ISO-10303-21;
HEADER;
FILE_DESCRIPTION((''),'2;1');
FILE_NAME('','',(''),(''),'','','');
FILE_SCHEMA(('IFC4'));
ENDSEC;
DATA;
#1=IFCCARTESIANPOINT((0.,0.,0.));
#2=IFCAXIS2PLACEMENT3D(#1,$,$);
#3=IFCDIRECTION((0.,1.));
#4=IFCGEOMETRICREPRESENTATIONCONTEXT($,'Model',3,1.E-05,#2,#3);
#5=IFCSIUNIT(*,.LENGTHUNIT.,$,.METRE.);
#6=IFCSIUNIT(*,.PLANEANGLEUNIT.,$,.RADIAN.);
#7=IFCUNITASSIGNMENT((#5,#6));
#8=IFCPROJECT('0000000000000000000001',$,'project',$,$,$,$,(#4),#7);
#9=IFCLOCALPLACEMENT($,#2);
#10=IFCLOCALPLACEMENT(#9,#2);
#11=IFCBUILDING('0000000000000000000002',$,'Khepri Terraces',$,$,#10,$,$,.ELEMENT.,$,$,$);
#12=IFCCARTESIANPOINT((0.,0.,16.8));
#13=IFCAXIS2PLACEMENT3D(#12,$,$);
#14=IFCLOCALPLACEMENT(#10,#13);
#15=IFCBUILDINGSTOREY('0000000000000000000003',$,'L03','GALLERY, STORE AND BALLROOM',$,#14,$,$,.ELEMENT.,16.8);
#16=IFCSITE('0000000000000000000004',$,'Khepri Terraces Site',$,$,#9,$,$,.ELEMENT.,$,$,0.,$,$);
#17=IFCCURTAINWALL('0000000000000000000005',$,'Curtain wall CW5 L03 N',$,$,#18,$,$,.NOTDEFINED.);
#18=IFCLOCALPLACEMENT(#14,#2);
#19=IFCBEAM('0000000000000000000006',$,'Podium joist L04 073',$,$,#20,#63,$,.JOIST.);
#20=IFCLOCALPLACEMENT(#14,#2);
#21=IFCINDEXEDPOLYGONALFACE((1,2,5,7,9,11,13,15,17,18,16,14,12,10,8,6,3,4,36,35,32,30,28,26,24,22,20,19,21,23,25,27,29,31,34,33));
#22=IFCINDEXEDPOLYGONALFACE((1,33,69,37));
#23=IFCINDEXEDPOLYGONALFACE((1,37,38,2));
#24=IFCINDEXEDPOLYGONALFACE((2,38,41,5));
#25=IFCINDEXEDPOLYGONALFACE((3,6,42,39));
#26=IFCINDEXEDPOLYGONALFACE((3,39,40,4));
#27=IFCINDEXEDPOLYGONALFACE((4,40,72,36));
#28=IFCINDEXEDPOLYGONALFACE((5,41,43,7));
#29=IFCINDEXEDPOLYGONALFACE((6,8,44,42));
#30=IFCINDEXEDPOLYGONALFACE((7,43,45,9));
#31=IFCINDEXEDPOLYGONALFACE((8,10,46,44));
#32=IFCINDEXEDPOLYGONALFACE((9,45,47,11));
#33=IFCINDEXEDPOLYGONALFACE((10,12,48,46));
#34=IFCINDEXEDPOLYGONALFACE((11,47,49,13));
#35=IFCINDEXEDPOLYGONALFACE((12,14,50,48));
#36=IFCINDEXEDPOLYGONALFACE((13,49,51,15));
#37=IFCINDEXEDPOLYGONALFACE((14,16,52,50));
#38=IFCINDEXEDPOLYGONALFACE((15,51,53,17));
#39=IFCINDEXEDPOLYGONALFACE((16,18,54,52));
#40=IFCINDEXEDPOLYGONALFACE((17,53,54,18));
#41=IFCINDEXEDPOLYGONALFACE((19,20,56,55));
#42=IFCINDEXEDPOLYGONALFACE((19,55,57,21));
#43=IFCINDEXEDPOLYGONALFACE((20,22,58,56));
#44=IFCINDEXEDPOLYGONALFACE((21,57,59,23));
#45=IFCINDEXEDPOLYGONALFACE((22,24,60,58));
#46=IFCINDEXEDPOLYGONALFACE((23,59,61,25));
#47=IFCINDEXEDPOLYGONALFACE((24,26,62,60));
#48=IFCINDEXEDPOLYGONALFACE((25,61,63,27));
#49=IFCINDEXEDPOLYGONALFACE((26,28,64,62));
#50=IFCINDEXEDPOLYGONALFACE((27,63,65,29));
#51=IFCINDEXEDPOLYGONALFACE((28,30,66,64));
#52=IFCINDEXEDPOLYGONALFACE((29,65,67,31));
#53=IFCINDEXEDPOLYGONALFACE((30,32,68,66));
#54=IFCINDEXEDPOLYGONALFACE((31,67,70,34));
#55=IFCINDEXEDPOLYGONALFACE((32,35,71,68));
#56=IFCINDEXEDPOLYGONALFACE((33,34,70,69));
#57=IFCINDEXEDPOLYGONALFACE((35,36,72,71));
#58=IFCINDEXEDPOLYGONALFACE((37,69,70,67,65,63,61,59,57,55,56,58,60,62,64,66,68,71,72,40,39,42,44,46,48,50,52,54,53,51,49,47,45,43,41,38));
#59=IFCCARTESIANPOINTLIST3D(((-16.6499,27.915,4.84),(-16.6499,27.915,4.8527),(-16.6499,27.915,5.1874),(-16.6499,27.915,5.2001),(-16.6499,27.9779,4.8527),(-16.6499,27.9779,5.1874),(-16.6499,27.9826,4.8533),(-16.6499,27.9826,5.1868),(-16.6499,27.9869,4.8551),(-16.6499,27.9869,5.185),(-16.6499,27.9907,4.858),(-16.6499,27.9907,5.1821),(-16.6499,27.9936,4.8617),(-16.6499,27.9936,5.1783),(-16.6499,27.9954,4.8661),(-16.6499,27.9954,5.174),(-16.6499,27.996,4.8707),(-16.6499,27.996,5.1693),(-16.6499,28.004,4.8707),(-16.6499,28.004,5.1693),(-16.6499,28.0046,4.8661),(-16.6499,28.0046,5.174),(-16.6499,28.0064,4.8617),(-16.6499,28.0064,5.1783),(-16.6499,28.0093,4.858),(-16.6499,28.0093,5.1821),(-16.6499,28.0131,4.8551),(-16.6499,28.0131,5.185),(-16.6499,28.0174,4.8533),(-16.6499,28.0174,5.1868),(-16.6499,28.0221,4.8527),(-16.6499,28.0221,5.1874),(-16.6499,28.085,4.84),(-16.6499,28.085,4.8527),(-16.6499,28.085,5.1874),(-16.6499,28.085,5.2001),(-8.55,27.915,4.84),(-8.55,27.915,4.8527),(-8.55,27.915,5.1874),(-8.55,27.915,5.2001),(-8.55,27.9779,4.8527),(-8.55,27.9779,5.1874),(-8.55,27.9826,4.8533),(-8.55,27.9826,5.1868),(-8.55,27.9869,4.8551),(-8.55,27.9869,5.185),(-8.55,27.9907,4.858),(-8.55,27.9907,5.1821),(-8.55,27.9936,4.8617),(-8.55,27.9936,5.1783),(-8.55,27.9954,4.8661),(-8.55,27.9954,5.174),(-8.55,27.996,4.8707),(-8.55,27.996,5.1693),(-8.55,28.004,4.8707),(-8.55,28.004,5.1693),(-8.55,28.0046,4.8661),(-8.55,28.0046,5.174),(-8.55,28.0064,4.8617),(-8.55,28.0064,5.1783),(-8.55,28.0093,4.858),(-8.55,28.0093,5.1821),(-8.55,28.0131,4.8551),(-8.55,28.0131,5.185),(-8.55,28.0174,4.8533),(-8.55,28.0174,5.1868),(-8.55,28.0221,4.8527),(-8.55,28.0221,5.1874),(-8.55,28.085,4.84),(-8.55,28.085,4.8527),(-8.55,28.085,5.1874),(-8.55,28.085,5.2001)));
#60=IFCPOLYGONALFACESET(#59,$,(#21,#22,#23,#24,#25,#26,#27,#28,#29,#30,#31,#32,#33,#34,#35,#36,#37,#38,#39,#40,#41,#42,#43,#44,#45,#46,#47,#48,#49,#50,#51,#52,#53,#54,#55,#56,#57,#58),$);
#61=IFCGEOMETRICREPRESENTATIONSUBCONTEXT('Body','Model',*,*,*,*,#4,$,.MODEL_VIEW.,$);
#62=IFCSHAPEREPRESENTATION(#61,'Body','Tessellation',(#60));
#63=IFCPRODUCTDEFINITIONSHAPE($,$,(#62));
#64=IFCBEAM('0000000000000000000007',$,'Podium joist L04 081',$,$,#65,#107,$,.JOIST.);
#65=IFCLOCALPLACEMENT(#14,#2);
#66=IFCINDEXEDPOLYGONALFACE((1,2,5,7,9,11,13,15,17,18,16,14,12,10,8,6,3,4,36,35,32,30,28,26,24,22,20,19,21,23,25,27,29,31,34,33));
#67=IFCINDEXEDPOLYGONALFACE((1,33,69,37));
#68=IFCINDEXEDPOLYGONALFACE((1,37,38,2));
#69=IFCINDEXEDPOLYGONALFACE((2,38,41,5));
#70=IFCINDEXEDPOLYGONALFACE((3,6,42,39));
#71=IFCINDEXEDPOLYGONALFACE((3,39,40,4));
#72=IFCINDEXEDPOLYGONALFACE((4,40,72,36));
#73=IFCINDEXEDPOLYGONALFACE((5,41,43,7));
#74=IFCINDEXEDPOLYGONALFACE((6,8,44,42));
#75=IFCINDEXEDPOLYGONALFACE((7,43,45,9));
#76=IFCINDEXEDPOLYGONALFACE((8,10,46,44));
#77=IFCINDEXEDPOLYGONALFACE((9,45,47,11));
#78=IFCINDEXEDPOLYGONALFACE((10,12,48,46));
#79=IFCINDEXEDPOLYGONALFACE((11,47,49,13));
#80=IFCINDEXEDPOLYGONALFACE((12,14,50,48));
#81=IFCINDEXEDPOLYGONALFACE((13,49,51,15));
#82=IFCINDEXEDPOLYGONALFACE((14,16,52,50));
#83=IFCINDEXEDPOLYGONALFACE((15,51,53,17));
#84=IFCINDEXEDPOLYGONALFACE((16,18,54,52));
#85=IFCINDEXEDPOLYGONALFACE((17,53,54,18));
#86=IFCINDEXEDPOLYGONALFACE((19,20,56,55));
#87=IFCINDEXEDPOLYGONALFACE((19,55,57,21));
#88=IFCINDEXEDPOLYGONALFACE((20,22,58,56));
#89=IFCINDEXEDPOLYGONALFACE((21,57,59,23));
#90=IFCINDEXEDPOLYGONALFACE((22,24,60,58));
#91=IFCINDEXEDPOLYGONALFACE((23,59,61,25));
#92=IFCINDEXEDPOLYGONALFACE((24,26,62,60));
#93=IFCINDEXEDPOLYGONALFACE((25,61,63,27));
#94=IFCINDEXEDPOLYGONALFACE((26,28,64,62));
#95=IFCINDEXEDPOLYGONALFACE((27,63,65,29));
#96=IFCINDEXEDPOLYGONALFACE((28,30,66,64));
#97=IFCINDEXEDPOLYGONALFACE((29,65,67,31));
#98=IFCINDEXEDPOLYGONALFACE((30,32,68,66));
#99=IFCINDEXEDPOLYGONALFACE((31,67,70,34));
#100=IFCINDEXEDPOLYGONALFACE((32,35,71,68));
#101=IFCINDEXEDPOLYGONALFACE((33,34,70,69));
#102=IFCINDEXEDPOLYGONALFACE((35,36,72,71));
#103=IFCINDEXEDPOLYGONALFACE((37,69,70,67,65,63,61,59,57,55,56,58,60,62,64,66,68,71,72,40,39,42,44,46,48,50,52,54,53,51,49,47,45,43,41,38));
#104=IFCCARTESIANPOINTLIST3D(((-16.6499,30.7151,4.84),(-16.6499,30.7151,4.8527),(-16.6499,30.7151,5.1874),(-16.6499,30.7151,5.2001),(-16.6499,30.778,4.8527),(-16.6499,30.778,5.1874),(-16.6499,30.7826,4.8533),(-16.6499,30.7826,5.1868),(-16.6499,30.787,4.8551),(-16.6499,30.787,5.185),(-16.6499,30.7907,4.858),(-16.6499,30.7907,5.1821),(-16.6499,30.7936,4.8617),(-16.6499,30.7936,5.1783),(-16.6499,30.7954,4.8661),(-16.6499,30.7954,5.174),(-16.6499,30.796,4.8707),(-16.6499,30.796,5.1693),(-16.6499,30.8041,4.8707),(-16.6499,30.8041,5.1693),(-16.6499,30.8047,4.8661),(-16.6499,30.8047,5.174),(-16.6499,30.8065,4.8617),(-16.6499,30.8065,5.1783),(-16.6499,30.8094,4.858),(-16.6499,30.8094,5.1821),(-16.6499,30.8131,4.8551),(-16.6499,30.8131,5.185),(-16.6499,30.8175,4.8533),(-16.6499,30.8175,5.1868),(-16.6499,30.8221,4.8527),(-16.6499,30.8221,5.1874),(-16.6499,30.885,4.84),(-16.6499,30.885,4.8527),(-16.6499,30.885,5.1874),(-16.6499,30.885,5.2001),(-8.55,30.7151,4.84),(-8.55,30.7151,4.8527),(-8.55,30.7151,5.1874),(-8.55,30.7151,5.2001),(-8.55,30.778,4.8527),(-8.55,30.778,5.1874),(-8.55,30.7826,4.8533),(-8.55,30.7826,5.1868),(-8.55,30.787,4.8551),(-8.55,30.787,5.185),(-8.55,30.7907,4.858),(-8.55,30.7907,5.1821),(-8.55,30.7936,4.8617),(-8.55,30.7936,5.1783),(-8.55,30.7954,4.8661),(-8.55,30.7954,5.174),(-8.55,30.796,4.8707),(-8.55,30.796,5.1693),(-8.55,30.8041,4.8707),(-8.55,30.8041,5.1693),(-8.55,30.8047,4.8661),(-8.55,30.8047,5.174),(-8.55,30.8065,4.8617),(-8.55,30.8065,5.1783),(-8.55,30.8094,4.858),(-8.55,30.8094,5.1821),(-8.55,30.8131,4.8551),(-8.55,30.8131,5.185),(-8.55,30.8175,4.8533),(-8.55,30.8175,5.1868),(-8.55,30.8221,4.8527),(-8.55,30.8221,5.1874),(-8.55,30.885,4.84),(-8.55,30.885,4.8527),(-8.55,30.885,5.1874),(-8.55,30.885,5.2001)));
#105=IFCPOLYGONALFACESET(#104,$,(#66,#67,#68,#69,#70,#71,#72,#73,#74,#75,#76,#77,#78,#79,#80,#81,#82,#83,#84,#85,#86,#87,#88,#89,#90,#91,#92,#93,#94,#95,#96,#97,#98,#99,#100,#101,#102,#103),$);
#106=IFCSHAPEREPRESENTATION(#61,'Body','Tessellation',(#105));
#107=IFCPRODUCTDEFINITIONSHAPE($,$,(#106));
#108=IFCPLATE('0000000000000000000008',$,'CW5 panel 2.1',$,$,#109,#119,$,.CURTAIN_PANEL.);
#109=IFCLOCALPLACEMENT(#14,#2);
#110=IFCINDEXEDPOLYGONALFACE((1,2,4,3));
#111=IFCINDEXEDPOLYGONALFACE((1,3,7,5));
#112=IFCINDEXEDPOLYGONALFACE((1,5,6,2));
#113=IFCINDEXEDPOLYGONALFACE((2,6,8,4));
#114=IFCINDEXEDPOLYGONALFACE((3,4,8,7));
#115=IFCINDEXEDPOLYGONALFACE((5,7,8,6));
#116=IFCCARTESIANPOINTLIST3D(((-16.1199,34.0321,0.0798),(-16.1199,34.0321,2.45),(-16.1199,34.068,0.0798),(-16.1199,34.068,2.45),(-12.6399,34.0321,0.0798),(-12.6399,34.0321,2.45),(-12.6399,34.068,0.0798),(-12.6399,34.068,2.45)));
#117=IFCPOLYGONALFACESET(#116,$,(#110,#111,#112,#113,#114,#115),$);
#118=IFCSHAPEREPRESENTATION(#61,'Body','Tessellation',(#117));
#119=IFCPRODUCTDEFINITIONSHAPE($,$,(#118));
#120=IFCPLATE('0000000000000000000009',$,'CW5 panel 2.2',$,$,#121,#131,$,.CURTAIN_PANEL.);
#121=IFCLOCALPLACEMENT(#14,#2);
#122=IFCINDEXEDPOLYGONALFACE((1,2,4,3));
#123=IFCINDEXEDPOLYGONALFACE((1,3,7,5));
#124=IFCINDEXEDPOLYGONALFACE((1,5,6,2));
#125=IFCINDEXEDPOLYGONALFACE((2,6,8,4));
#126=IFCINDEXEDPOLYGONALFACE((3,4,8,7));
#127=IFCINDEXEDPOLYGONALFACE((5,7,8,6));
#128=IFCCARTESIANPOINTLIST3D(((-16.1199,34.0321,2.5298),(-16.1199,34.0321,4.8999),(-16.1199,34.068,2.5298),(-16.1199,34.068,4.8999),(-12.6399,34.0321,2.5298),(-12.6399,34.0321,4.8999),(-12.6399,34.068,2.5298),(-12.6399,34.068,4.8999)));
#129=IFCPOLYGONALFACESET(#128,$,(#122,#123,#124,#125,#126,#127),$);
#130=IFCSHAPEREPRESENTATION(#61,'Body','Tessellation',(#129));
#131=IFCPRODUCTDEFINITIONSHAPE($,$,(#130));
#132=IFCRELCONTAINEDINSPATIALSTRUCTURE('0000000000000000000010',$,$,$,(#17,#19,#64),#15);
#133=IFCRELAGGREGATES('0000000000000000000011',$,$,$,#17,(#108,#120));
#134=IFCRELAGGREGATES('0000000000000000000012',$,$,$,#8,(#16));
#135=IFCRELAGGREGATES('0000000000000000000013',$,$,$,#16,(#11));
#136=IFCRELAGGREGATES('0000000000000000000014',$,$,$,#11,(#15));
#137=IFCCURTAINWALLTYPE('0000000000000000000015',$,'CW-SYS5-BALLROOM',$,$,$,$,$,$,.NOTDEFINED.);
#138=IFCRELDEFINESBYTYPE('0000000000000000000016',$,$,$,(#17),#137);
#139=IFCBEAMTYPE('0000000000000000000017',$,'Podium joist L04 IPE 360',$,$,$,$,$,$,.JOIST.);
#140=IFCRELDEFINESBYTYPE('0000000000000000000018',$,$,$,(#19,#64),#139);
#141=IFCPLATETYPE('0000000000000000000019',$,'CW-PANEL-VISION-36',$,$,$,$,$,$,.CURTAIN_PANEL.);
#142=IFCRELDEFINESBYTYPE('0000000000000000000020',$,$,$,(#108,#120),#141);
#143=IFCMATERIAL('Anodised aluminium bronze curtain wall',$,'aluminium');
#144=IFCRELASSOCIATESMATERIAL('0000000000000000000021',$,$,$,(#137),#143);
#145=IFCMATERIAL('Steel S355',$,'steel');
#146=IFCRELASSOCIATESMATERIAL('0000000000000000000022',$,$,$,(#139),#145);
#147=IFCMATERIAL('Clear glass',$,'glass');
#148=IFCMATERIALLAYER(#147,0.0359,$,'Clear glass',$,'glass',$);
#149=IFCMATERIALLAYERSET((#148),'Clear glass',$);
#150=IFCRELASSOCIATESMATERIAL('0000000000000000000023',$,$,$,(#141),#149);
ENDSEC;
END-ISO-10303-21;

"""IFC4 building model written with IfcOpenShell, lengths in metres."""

from ifc_helpers import new_model, si_unit, direction, frame, origin, origin_2d, place, context, subcontext, project, spatial, rectangle, i_section, extrude, material, layer, layer_set, material_profile, profile_set, type_object, element, aggregate, save


model = new_model("IFC4")

# Units and contexts
model_context = context("Model", 3, precision=1e-05, world=origin(), true_north=direction((0.0, 1.0)))
body_context = subcontext(model_context, "Body", "Model", "MODEL_VIEW")
ifc_project = project(units=[si_unit("LENGTHUNIT", "METRE"), si_unit("PLANEANGLEUNIT", "RADIAN")], contexts=[model_context])

# Site, building, storey
site_placement = place(None, origin())
site = spatial("IfcSite", under=ifc_project, at=site_placement, Name="Khepri Terraces Site", CompositionType="ELEMENT", RefElevation=0.0)
building_placement = place(site_placement, origin())
building = spatial("IfcBuilding", under=site, at=building_placement, Name="Khepri Terraces", CompositionType="ELEMENT")
storey_placement = place(building_placement, frame((0.0, 0.0, 16.8)))
storey = spatial("IfcBuildingStorey", under=building, at=storey_placement, Name="L03", Description="GALLERY, STORE AND BALLROOM", CompositionType="ELEMENT", Elevation=16.8)

# Curtain wall
ifc_material_1 = material(Name="Anodised aluminium bronze curtain wall", Category="aluminium")
curtain_wall_type = type_object("IfcCurtainWallType", Name="CW-SYS5-BALLROOM", PredefinedType="NOTDEFINED", material=ifc_material_1)
curtain_wall_placement = place(storey_placement, origin())
curtain_wall = element("IfcCurtainWall", 1, at=curtain_wall_placement, inside=storey, type_object=curtain_wall_type, Name="Curtain wall CW5 L03 N", PredefinedType="NOTDEFINED")

# Beams
ifc_material_2 = material(Name="Steel S355", Category="steel")
ifc_material_profile_1 = material_profile(ifc_material_2, i_section(OverallWidth=0.1699, OverallDepth=0.3601, WebThickness=0.0081, FlangeThickness=0.0127, FilletRadius=0.0181, at=origin_2d()), Name="Steel S355", Category="steel")
ifc_profile_set_1 = profile_set([ifc_material_profile_1], Name="Steel S355")
beam_type_1 = type_object("IfcBeamType", Name="Podium joist L04 IPE 360", PredefinedType="JOIST", material=ifc_profile_set_1)
for number, where, z_axis, x_axis, name in (
    (2, (-16.6499, 28.0, 5.02), (1.0, 0.0, 0.0), (0.0, 1.0, 0.0), "Podium joist L04 073"),
    (3, (-16.6499, 30.8, 5.02), (1.0, 0.0, 0.0), (0.0, 1.0, 0.0), "Podium joist L04 081"),
):
    element("IfcBeam", number, at=place(storey_placement, frame(where, z_axis=z_axis, x_axis=x_axis)), inside=storey, type_object=beam_type_1, Name=name, PredefinedType="JOIST", context=body_context, shape_type="SweptSolid", body=[
        extrude(i_section(OverallWidth=0.1699, OverallDepth=0.3601, WebThickness=0.0081, FlangeThickness=0.0127, FilletRadius=0.0181, at=origin_2d()), origin(), (0.0, 0.0, 1.0), 8.0999),
    ])

# Plates
ifc_material_3 = material(Name="Clear glass", Category="glass")
ifc_layer_1 = layer(ifc_material_3, 0.0359, Name="Clear glass", Category="glass")
ifc_layer_set_1 = layer_set([ifc_layer_1], Name="Clear glass")
plate_type = type_object("IfcPlateType", Name="CW-PANEL-VISION-36", PredefinedType="CURTAIN_PANEL", material=ifc_layer_set_1)
plate_1_placement = place(storey_placement, frame((-14.3799, 34.05, 0.0798), z_axis=(0.0, 0.0, 1.0), x_axis=(-1.0, 0.0, 0.0)))
plate_1 = element("IfcPlate", 4, at=plate_1_placement, type_object=plate_type, Name="CW5 panel 2.1", PredefinedType="CURTAIN_PANEL", context=body_context, shape_type="SweptSolid", body=[
    extrude(rectangle(XDim=3.48, YDim=0.0359, at=origin_2d()), origin(), (0.0, 0.0, 1.0), 2.3701),
])
plate_2_placement = place(storey_placement, frame((-14.3799, 34.05, 2.5298), z_axis=(0.0, 0.0, 1.0), x_axis=(-1.0, 0.0, 0.0)))
plate_2 = element("IfcPlate", 5, at=plate_2_placement, type_object=plate_type, Name="CW5 panel 2.2", PredefinedType="CURTAIN_PANEL", context=body_context, shape_type="SweptSolid", body=[
    extrude(rectangle(XDim=3.48, YDim=0.0359, at=origin_2d()), origin(), (0.0, 0.0, 1.0), 2.3701),
])
aggregate(curtain_wall, [plate_1, plate_2])

save(model, "model.ifc")
